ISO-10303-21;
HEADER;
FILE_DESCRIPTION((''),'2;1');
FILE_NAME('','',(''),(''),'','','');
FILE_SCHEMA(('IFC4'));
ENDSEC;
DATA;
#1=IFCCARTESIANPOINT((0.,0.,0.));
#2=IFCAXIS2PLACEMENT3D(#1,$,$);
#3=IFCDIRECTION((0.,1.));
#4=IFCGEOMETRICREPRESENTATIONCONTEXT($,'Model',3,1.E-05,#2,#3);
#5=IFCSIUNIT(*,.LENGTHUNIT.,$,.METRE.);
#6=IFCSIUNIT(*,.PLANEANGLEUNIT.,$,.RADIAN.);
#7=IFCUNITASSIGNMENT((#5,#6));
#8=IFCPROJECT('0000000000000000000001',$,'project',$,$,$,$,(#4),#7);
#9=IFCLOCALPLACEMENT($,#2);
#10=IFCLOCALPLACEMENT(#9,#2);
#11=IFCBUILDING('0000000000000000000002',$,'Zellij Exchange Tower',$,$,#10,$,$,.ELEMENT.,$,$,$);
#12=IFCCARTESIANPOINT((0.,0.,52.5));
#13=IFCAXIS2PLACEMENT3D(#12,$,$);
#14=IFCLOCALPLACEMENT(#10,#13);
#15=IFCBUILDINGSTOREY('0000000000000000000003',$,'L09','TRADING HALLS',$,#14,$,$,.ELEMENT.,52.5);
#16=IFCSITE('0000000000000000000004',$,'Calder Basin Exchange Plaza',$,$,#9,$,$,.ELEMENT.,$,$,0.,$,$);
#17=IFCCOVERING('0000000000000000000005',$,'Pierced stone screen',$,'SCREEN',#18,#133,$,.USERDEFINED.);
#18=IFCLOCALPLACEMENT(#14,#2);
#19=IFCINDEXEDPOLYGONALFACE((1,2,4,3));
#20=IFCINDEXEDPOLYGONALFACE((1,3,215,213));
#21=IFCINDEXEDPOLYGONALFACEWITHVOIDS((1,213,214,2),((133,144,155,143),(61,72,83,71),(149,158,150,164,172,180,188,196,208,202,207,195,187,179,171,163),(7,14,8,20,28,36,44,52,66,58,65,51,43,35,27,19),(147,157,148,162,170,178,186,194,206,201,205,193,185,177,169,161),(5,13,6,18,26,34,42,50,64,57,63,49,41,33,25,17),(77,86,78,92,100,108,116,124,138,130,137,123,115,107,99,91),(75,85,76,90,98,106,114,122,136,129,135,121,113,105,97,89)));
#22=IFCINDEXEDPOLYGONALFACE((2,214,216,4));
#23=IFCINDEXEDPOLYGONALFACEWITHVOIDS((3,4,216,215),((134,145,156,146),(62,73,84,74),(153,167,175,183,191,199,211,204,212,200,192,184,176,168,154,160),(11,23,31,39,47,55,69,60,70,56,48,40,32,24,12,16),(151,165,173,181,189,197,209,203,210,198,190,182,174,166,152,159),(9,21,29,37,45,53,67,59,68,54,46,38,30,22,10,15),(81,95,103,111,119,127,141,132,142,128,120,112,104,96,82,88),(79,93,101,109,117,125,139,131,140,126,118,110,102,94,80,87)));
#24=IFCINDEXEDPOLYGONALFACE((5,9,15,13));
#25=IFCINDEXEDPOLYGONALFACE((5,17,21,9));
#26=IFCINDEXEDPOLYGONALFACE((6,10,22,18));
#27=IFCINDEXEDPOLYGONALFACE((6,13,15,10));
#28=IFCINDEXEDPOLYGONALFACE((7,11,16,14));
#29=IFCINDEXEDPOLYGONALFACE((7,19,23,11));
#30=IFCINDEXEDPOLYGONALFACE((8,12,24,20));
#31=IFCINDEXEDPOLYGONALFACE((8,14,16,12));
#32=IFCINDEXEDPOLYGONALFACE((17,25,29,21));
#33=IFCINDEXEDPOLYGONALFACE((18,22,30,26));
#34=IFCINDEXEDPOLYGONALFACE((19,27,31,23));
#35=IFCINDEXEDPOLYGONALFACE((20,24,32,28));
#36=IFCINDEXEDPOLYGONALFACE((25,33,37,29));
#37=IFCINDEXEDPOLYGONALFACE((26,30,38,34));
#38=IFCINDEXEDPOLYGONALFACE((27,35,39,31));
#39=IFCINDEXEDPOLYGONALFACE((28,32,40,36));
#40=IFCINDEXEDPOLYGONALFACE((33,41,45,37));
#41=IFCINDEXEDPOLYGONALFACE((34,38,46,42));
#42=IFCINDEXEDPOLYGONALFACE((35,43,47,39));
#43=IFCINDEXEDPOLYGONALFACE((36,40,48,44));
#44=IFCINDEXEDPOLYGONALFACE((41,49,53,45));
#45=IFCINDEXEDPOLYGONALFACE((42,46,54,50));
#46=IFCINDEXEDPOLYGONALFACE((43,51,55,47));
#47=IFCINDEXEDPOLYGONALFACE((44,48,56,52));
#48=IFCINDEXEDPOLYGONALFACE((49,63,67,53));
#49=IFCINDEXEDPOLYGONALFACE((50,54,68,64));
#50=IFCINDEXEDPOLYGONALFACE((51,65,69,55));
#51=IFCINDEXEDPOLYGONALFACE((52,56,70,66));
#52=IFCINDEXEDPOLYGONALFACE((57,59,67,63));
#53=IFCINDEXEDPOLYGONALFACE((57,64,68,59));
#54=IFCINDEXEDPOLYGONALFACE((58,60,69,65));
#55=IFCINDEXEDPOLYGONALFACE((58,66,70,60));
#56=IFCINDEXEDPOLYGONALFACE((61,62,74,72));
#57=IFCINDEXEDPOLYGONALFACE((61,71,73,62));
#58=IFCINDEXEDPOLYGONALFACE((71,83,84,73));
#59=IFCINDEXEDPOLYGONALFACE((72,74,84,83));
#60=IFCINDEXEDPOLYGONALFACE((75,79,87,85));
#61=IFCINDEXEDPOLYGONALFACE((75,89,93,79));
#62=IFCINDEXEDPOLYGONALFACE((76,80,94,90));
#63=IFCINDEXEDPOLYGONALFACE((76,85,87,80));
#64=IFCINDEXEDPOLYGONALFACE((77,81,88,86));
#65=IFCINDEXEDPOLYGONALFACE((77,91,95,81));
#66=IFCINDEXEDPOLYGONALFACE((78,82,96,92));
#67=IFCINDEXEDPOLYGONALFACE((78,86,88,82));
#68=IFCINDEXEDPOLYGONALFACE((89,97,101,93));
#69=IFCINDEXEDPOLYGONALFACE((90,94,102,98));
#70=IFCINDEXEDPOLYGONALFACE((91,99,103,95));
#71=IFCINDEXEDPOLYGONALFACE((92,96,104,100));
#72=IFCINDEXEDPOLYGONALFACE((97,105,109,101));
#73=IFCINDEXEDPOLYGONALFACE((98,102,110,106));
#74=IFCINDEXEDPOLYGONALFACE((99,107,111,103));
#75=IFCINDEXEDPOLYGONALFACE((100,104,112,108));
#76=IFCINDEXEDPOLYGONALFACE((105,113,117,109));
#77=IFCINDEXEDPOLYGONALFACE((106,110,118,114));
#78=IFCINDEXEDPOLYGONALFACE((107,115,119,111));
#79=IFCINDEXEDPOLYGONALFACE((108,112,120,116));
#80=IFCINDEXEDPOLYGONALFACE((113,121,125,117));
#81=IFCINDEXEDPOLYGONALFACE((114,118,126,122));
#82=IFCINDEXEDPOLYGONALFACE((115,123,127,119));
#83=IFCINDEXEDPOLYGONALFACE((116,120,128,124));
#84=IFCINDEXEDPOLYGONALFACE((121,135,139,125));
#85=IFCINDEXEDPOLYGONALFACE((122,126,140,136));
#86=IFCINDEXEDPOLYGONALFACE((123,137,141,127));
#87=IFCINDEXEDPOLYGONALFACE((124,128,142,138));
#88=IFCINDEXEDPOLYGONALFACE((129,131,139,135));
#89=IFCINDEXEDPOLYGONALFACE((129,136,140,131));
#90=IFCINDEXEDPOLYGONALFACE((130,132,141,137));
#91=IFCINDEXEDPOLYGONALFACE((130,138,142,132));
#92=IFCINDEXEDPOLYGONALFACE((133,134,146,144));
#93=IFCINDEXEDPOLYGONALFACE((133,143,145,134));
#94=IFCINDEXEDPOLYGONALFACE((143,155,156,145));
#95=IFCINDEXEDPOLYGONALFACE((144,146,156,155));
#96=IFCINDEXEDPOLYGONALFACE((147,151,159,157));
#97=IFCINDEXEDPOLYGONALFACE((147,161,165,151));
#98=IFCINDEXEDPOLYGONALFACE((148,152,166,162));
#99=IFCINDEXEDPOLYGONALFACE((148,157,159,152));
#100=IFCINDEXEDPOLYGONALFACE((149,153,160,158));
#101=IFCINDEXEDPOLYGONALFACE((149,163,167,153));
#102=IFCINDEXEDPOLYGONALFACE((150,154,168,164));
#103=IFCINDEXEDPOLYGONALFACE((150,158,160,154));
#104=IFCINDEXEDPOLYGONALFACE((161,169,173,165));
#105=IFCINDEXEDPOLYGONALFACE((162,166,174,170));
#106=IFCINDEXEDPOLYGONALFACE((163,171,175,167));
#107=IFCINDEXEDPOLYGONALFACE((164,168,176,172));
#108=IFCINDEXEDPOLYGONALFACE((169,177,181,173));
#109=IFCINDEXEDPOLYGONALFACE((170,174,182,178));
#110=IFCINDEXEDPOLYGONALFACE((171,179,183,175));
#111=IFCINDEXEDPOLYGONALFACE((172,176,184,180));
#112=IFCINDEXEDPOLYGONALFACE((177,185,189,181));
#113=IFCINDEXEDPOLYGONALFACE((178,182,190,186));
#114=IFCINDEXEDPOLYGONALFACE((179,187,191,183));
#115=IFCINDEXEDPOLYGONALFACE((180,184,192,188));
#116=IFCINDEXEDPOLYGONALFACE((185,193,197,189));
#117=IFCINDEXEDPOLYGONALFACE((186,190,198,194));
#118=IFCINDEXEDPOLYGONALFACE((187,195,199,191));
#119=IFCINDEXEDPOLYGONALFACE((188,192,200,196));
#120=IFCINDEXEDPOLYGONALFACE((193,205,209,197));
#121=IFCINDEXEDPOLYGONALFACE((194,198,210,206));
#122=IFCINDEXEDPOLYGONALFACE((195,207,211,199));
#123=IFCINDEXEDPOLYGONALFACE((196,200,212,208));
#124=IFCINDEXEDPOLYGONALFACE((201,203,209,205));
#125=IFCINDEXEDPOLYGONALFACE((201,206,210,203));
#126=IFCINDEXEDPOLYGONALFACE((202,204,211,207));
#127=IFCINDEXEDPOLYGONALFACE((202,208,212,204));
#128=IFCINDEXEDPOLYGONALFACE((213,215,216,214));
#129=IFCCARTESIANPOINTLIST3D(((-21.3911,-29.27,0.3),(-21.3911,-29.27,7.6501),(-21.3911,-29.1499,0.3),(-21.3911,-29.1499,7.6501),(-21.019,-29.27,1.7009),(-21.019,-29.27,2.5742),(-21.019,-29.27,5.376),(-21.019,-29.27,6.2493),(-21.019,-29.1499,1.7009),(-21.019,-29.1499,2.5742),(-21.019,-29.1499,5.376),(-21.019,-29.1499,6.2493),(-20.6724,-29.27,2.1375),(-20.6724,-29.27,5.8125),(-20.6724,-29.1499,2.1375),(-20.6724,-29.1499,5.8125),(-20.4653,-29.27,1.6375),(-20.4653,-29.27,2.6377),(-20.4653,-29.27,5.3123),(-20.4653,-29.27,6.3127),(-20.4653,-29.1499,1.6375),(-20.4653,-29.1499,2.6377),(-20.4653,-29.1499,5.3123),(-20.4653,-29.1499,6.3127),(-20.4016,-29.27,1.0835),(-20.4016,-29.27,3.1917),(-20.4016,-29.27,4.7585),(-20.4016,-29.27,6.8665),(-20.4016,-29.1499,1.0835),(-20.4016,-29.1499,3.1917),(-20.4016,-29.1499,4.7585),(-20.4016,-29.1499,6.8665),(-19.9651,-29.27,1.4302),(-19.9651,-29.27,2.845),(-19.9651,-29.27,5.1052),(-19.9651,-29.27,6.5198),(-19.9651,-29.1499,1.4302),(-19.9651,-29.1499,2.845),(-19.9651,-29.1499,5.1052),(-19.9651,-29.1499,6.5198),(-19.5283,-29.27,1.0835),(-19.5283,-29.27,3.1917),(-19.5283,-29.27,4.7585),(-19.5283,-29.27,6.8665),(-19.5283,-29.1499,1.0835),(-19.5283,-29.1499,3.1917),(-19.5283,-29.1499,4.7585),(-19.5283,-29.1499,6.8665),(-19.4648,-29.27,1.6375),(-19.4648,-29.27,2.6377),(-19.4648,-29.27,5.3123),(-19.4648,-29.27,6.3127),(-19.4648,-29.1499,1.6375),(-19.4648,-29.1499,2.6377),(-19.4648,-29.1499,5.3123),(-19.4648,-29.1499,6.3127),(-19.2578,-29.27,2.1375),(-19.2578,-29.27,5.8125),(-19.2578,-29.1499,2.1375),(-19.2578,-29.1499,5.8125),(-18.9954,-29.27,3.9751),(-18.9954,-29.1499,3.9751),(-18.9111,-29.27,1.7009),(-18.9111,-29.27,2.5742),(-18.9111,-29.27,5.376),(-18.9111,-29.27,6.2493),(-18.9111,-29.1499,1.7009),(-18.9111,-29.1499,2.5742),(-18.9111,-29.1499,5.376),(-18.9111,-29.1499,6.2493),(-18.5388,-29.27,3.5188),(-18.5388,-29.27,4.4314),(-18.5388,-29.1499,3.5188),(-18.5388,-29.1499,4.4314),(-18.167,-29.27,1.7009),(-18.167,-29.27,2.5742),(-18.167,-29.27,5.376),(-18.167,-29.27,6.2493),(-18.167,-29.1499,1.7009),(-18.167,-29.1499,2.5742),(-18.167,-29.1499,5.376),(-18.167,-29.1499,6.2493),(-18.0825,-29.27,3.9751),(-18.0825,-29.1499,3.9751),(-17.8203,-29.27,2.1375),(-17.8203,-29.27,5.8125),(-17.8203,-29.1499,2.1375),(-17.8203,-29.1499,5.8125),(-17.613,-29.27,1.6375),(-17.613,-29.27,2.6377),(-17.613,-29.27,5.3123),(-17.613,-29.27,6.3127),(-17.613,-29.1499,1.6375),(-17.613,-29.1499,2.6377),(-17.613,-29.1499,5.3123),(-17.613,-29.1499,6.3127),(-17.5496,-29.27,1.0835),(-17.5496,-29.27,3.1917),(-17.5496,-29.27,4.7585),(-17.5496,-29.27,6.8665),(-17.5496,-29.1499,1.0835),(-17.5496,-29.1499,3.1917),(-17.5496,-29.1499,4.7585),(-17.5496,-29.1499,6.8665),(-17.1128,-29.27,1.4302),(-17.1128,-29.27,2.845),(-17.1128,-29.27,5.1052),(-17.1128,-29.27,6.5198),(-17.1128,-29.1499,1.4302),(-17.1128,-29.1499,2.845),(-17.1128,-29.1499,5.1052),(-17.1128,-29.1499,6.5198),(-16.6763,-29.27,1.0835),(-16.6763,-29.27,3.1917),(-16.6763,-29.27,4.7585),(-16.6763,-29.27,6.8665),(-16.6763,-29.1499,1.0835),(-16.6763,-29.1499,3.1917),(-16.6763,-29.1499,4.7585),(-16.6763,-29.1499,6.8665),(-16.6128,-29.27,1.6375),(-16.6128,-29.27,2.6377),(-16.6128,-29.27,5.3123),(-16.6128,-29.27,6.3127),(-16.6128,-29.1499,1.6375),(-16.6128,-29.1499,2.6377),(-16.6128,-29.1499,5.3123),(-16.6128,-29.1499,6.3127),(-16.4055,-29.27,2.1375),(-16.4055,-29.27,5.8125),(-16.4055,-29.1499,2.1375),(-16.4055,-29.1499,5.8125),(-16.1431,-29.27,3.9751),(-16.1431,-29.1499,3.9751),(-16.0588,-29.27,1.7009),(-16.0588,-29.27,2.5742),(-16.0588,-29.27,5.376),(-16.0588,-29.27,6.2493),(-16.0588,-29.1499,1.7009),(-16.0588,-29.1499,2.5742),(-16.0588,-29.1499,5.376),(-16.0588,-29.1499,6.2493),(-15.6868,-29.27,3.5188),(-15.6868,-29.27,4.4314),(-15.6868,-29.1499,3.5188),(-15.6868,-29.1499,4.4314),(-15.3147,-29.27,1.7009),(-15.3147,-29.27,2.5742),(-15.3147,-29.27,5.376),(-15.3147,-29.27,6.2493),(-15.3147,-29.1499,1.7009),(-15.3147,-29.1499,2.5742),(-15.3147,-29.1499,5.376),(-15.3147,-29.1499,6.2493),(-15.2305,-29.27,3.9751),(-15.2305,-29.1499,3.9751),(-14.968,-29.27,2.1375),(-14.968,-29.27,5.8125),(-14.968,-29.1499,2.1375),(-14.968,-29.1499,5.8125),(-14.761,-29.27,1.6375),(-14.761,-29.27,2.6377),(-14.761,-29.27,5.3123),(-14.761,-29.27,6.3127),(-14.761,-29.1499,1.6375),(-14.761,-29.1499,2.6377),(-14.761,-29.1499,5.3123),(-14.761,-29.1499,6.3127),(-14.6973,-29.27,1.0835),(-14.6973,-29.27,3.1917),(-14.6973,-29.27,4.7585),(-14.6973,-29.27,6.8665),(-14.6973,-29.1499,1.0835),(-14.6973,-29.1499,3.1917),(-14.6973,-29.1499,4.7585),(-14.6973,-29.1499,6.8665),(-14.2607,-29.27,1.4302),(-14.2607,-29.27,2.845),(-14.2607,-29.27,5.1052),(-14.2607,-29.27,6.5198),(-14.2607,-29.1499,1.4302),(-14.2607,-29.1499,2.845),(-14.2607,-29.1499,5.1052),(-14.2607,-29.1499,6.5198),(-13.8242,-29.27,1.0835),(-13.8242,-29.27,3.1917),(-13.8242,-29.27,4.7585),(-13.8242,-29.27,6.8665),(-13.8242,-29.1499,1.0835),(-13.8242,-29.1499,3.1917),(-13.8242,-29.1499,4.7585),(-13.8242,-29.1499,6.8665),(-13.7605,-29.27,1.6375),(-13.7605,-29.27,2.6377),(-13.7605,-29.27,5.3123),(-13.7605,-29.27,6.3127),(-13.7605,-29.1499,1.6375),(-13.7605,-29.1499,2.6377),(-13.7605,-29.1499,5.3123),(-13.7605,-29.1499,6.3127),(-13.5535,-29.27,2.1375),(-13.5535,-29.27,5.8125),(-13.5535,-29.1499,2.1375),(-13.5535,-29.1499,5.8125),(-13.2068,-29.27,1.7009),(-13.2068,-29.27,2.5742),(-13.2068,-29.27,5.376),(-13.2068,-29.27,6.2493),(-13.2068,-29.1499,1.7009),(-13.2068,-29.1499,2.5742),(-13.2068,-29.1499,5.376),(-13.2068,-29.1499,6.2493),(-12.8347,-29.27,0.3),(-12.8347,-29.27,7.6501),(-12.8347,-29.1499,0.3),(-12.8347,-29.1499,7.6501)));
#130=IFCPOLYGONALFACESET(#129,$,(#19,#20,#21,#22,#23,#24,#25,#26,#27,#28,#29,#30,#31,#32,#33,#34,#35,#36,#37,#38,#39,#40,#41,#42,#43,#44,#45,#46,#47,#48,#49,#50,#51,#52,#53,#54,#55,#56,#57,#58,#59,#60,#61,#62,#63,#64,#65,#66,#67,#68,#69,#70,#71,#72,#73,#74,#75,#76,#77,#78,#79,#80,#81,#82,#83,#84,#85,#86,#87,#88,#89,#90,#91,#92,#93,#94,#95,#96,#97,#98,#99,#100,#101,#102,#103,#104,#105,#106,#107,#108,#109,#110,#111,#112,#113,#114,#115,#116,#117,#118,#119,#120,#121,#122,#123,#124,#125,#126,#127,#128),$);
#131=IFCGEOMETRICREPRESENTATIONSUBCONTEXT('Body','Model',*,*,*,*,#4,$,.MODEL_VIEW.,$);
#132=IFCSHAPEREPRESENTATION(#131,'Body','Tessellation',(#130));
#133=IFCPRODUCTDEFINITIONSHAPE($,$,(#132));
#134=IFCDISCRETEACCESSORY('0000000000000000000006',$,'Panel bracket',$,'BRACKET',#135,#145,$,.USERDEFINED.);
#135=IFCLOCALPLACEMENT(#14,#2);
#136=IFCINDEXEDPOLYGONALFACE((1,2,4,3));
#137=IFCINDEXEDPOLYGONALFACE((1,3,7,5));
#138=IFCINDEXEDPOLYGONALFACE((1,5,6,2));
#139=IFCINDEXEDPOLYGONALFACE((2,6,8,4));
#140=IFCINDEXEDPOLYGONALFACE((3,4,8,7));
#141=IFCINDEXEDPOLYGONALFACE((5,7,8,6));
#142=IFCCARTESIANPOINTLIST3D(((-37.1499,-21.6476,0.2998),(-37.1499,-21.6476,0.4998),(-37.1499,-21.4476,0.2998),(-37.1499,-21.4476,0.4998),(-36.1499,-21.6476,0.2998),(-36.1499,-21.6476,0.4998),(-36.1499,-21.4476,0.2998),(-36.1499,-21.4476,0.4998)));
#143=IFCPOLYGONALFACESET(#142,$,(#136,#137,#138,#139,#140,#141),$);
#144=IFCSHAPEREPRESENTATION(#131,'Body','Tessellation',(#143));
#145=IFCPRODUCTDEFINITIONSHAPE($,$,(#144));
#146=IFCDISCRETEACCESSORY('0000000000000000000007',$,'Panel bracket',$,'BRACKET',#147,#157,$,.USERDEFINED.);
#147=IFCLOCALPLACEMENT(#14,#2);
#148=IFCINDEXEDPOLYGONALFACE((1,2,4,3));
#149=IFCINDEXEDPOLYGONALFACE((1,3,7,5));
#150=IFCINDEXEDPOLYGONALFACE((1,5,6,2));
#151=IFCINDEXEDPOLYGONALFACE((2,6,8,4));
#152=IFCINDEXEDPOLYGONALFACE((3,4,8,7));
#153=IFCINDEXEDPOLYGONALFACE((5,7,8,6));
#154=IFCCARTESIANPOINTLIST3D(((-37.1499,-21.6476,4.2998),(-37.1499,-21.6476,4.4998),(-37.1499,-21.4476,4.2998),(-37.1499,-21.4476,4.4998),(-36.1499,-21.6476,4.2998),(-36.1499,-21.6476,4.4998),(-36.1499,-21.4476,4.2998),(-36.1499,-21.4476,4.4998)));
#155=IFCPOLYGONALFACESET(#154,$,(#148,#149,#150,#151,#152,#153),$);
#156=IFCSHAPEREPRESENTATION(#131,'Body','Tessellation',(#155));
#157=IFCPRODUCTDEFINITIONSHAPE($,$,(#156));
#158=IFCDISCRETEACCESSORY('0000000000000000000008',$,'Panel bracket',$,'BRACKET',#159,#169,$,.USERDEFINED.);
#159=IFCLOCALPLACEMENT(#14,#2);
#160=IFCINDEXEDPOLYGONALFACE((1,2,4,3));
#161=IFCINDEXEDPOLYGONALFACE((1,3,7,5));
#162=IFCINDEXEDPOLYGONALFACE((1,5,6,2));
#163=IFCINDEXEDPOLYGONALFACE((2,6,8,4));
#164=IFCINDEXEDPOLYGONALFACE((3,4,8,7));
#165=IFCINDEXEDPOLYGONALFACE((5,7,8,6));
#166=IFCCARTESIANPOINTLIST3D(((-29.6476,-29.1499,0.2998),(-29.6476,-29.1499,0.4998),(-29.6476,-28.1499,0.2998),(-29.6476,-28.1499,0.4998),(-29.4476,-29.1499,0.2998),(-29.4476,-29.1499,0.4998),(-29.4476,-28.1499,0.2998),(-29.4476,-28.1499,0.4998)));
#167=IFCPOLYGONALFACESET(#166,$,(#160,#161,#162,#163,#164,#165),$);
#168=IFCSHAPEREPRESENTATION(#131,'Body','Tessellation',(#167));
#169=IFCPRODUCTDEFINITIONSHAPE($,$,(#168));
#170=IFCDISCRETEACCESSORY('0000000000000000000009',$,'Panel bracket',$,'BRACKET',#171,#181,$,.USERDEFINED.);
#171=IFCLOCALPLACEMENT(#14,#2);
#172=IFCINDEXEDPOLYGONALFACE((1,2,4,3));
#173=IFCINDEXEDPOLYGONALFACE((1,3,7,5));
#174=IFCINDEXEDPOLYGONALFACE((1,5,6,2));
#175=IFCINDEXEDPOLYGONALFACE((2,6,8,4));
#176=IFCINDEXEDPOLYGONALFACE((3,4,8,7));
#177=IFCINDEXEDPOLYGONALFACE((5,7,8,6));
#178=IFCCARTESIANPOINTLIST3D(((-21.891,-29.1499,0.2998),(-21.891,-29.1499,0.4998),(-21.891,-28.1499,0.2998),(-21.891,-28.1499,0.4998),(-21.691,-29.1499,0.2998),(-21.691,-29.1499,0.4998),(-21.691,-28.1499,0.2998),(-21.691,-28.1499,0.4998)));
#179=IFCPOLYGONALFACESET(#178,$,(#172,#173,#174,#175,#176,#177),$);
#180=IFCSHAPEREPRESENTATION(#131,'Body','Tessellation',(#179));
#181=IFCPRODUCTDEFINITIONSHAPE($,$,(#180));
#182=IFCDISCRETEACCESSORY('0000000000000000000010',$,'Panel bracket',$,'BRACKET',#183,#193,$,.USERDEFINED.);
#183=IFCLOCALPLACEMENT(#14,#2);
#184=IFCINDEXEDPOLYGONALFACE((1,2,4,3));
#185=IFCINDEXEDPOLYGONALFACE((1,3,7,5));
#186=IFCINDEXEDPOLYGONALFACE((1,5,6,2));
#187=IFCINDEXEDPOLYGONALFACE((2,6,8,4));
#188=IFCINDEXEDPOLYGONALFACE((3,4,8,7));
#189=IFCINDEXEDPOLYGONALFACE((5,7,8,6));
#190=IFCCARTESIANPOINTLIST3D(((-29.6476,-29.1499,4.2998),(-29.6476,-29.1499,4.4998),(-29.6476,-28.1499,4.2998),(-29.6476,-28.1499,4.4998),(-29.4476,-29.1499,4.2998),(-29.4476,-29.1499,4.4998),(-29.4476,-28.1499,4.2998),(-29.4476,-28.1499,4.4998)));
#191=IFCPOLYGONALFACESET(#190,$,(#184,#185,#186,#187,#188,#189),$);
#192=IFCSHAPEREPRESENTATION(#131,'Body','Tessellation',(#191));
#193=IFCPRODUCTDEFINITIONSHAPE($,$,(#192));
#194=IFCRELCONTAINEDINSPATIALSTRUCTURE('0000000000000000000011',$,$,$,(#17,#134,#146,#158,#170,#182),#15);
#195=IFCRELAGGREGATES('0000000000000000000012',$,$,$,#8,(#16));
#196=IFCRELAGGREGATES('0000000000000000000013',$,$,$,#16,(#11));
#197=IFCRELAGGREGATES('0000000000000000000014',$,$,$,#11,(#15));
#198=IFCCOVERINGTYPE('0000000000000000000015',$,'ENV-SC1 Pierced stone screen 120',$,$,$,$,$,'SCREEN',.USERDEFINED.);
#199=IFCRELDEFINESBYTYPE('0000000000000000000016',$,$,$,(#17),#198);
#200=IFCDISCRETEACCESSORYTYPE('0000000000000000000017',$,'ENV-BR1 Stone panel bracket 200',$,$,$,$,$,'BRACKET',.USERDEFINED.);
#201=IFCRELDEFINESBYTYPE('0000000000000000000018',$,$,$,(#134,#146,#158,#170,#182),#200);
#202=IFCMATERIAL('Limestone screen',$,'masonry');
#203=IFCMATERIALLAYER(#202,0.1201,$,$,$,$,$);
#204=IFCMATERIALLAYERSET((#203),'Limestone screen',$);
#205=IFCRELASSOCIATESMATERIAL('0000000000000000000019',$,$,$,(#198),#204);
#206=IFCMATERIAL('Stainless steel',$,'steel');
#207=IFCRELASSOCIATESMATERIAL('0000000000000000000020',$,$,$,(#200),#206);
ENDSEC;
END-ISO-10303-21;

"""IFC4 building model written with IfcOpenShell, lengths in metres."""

from ifc_helpers import new_model, si_unit, direction, frame, origin, origin_2d, place, context, subcontext, project, spatial, polyline, rectangle, outline, extrude, material, layer, layer_set, type_object, element, save


model = new_model("IFC4")

# Units and contexts
model_context = context("Model", 3, precision=1e-05, world=origin(), true_north=direction((0.0, 1.0)))
body_context = subcontext(model_context, "Body", "Model", "MODEL_VIEW")
ifc_project = project(units=[si_unit("LENGTHUNIT", "METRE"), si_unit("PLANEANGLEUNIT", "RADIAN")], contexts=[model_context])

# Site, building, storey
site_placement = place(None, origin())
site = spatial("IfcSite", under=ifc_project, at=site_placement, Name="Calder Basin Exchange Plaza", CompositionType="ELEMENT", RefElevation=0.0)
building_placement = place(site_placement, origin())
building = spatial("IfcBuilding", under=site, at=building_placement, Name="Zellij Exchange Tower", CompositionType="ELEMENT")
storey_placement = place(building_placement, frame((0.0, 0.0, 52.5)))
storey = spatial("IfcBuildingStorey", under=building, at=storey_placement, Name="L09", Description="TRADING HALLS", CompositionType="ELEMENT", Elevation=52.5)

# Covering
ifc_material_1 = material(Name="Limestone screen", Category="masonry")
ifc_layer_1 = layer(ifc_material_1, 0.1201)
ifc_layer_set_1 = layer_set([ifc_layer_1], Name="Limestone screen")
covering_type = type_object("IfcCoveringType", Name="ENV-SC1 Pierced stone screen 120", ElementType="SCREEN", PredefinedType="USERDEFINED", material=ifc_layer_set_1)
covering_1_placement = place(storey_placement, frame((-21.3911, -29.21, 0.3), z_axis=(0.0, 0.0, 1.0), x_axis=(1.0, 0.0, 0.0)))
element("IfcCovering", 1, at=covering_1_placement, inside=storey, type_object=covering_type, Name="Pierced stone screen", ObjectType="SCREEN", PredefinedType="USERDEFINED", context=body_context, shape_type="SweptSolid", body=[
    extrude(outline(polyline([(0.0, 0.0), (8.5564, 0.0), (8.5564, 7.3501), (0.0, 7.3501), (0.0, 0.0)]), holes=[polyline([(2.48, 2.2742), (1.9263, 2.3376), (1.8628, 2.8916), (1.426, 2.5449), (0.9895, 2.8916), (0.9258, 2.3376), (0.3721, 2.2742), (0.7188, 1.8374), (0.3721, 1.4009), (0.9258, 1.3374), (0.9895, 0.7834), (1.426, 1.1301), (1.8628, 0.7834), (1.9263, 1.3374), (2.48, 1.4009), (2.1333, 1.8374), (2.48, 2.2742)]), polyline([(2.48, 5.9492), (1.9263, 6.0127), (1.8628, 6.5664), (1.426, 6.2197), (0.9895, 6.5664), (0.9258, 6.0127), (0.3721, 5.9492), (0.7188, 5.5125), (0.3721, 5.0759), (0.9258, 5.0122), (0.9895, 4.4585), (1.426, 4.8052), (1.8628, 4.4585), (1.9263, 5.0122), (2.48, 5.0759), (2.1333, 5.5125), (2.48, 5.9492)]), polyline([(5.3323, 2.2742), (4.7783, 2.3376), (4.7148, 2.8916), (4.2783, 2.5449), (3.8416, 2.8916), (3.7781, 2.3376), (3.2241, 2.2742), (3.5708, 1.8374), (3.2241, 1.4009), (3.7781, 1.3374), (3.8416, 0.7834), (4.2783, 1.1301), (4.7148, 0.7834), (4.7783, 1.3374), (5.3323, 1.4009), (4.9856, 1.8374), (5.3323, 2.2742)]), polyline([(5.3323, 5.9492), (4.7783, 6.0127), (4.7148, 6.5664), (4.2783, 6.2197), (3.8416, 6.5664), (3.7781, 6.0127), (3.2241, 5.9492), (3.5708, 5.5125), (3.2241, 5.0759), (3.7781, 5.0122), (3.8416, 4.4585), (4.2783, 4.8052), (4.7148, 4.4585), (4.7783, 5.0122), (5.3323, 5.0759), (4.9856, 5.5125), (5.3323, 5.9492)]), polyline([(8.1843, 2.2742), (7.6306, 2.3376), (7.5669, 2.8916), (7.1304, 2.5449), (6.6938, 2.8916), (6.6301, 2.3376), (6.0764, 2.2742), (6.4231, 1.8374), (6.0764, 1.4009), (6.6301, 1.3374), (6.6938, 0.7834), (7.1304, 1.1301), (7.5669, 0.7834), (7.6306, 1.3374), (8.1843, 1.4009), (7.8376, 1.8374), (8.1843, 2.2742)]), polyline([(8.1843, 5.9492), (7.6306, 6.0127), (7.5669, 6.5664), (7.1304, 6.2197), (6.6938, 6.5664), (6.6301, 6.0127), (6.0764, 5.9492), (6.4231, 5.5125), (6.0764, 5.0759), (6.6301, 5.0122), (6.6938, 4.4585), (7.1304, 4.8052), (7.5669, 4.4585), (7.6306, 5.0122), (8.1843, 5.0759), (7.8376, 5.5125), (8.1843, 5.9492)]), polyline([(3.3086, 3.675), (2.8523, 4.1313), (2.3958, 3.675), (2.8523, 3.2188), (3.3086, 3.675)]), polyline([(6.1606, 3.675), (5.7043, 4.1313), (5.248, 3.675), (5.7043, 3.2188), (6.1606, 3.675)])]), frame((0.0, 0.0601, 0.0), z_axis=(0.0, -1.0, 0.0), x_axis=(1.0, 0.0, 0.0)), (0.0, 0.0, 1.0), 0.1201),
])

# Discrete accessories
ifc_material_2 = material(Name="Stainless steel", Category="steel")
discrete_accessory_type = type_object("IfcDiscreteAccessoryType", Name="ENV-BR1 Stone panel bracket 200", ElementType="BRACKET", PredefinedType="USERDEFINED", material=ifc_material_2)
for number, where, z_axis, x_axis, name in (
    (2, (-36.6499, -21.5476, 0.2998), (0.0, 0.0, 1.0), (0.0, -1.0, 0.0), "Panel bracket"),
    (3, (-36.6499, -21.5476, 4.2998), (0.0, 0.0, 1.0), (0.0, -1.0, 0.0), "Panel bracket"),
    (4, (-29.5476, -28.6499, 0.2998), (0.0, 0.0, 1.0), (1.0, 0.0, 0.0), "Panel bracket"),
    (5, (-21.791, -28.6499, 0.2998), (0.0, 0.0, 1.0), (1.0, 0.0, 0.0), "Panel bracket"),
    (6, (-29.5476, -28.6499, 4.2998), (0.0, 0.0, 1.0), (1.0, 0.0, 0.0), "Panel bracket"),
):
    element("IfcDiscreteAccessory", number, at=place(storey_placement, frame(where, z_axis=z_axis, x_axis=x_axis)), inside=storey, type_object=discrete_accessory_type, Name=name, ObjectType="BRACKET", PredefinedType="USERDEFINED", context=body_context, shape_type="SweptSolid", body=[
        extrude(rectangle(XDim=0.2, YDim=1.0, at=origin_2d()), origin(), (0.0, 0.0, 1.0), 0.2),
    ])

save(model, "model.ifc")
